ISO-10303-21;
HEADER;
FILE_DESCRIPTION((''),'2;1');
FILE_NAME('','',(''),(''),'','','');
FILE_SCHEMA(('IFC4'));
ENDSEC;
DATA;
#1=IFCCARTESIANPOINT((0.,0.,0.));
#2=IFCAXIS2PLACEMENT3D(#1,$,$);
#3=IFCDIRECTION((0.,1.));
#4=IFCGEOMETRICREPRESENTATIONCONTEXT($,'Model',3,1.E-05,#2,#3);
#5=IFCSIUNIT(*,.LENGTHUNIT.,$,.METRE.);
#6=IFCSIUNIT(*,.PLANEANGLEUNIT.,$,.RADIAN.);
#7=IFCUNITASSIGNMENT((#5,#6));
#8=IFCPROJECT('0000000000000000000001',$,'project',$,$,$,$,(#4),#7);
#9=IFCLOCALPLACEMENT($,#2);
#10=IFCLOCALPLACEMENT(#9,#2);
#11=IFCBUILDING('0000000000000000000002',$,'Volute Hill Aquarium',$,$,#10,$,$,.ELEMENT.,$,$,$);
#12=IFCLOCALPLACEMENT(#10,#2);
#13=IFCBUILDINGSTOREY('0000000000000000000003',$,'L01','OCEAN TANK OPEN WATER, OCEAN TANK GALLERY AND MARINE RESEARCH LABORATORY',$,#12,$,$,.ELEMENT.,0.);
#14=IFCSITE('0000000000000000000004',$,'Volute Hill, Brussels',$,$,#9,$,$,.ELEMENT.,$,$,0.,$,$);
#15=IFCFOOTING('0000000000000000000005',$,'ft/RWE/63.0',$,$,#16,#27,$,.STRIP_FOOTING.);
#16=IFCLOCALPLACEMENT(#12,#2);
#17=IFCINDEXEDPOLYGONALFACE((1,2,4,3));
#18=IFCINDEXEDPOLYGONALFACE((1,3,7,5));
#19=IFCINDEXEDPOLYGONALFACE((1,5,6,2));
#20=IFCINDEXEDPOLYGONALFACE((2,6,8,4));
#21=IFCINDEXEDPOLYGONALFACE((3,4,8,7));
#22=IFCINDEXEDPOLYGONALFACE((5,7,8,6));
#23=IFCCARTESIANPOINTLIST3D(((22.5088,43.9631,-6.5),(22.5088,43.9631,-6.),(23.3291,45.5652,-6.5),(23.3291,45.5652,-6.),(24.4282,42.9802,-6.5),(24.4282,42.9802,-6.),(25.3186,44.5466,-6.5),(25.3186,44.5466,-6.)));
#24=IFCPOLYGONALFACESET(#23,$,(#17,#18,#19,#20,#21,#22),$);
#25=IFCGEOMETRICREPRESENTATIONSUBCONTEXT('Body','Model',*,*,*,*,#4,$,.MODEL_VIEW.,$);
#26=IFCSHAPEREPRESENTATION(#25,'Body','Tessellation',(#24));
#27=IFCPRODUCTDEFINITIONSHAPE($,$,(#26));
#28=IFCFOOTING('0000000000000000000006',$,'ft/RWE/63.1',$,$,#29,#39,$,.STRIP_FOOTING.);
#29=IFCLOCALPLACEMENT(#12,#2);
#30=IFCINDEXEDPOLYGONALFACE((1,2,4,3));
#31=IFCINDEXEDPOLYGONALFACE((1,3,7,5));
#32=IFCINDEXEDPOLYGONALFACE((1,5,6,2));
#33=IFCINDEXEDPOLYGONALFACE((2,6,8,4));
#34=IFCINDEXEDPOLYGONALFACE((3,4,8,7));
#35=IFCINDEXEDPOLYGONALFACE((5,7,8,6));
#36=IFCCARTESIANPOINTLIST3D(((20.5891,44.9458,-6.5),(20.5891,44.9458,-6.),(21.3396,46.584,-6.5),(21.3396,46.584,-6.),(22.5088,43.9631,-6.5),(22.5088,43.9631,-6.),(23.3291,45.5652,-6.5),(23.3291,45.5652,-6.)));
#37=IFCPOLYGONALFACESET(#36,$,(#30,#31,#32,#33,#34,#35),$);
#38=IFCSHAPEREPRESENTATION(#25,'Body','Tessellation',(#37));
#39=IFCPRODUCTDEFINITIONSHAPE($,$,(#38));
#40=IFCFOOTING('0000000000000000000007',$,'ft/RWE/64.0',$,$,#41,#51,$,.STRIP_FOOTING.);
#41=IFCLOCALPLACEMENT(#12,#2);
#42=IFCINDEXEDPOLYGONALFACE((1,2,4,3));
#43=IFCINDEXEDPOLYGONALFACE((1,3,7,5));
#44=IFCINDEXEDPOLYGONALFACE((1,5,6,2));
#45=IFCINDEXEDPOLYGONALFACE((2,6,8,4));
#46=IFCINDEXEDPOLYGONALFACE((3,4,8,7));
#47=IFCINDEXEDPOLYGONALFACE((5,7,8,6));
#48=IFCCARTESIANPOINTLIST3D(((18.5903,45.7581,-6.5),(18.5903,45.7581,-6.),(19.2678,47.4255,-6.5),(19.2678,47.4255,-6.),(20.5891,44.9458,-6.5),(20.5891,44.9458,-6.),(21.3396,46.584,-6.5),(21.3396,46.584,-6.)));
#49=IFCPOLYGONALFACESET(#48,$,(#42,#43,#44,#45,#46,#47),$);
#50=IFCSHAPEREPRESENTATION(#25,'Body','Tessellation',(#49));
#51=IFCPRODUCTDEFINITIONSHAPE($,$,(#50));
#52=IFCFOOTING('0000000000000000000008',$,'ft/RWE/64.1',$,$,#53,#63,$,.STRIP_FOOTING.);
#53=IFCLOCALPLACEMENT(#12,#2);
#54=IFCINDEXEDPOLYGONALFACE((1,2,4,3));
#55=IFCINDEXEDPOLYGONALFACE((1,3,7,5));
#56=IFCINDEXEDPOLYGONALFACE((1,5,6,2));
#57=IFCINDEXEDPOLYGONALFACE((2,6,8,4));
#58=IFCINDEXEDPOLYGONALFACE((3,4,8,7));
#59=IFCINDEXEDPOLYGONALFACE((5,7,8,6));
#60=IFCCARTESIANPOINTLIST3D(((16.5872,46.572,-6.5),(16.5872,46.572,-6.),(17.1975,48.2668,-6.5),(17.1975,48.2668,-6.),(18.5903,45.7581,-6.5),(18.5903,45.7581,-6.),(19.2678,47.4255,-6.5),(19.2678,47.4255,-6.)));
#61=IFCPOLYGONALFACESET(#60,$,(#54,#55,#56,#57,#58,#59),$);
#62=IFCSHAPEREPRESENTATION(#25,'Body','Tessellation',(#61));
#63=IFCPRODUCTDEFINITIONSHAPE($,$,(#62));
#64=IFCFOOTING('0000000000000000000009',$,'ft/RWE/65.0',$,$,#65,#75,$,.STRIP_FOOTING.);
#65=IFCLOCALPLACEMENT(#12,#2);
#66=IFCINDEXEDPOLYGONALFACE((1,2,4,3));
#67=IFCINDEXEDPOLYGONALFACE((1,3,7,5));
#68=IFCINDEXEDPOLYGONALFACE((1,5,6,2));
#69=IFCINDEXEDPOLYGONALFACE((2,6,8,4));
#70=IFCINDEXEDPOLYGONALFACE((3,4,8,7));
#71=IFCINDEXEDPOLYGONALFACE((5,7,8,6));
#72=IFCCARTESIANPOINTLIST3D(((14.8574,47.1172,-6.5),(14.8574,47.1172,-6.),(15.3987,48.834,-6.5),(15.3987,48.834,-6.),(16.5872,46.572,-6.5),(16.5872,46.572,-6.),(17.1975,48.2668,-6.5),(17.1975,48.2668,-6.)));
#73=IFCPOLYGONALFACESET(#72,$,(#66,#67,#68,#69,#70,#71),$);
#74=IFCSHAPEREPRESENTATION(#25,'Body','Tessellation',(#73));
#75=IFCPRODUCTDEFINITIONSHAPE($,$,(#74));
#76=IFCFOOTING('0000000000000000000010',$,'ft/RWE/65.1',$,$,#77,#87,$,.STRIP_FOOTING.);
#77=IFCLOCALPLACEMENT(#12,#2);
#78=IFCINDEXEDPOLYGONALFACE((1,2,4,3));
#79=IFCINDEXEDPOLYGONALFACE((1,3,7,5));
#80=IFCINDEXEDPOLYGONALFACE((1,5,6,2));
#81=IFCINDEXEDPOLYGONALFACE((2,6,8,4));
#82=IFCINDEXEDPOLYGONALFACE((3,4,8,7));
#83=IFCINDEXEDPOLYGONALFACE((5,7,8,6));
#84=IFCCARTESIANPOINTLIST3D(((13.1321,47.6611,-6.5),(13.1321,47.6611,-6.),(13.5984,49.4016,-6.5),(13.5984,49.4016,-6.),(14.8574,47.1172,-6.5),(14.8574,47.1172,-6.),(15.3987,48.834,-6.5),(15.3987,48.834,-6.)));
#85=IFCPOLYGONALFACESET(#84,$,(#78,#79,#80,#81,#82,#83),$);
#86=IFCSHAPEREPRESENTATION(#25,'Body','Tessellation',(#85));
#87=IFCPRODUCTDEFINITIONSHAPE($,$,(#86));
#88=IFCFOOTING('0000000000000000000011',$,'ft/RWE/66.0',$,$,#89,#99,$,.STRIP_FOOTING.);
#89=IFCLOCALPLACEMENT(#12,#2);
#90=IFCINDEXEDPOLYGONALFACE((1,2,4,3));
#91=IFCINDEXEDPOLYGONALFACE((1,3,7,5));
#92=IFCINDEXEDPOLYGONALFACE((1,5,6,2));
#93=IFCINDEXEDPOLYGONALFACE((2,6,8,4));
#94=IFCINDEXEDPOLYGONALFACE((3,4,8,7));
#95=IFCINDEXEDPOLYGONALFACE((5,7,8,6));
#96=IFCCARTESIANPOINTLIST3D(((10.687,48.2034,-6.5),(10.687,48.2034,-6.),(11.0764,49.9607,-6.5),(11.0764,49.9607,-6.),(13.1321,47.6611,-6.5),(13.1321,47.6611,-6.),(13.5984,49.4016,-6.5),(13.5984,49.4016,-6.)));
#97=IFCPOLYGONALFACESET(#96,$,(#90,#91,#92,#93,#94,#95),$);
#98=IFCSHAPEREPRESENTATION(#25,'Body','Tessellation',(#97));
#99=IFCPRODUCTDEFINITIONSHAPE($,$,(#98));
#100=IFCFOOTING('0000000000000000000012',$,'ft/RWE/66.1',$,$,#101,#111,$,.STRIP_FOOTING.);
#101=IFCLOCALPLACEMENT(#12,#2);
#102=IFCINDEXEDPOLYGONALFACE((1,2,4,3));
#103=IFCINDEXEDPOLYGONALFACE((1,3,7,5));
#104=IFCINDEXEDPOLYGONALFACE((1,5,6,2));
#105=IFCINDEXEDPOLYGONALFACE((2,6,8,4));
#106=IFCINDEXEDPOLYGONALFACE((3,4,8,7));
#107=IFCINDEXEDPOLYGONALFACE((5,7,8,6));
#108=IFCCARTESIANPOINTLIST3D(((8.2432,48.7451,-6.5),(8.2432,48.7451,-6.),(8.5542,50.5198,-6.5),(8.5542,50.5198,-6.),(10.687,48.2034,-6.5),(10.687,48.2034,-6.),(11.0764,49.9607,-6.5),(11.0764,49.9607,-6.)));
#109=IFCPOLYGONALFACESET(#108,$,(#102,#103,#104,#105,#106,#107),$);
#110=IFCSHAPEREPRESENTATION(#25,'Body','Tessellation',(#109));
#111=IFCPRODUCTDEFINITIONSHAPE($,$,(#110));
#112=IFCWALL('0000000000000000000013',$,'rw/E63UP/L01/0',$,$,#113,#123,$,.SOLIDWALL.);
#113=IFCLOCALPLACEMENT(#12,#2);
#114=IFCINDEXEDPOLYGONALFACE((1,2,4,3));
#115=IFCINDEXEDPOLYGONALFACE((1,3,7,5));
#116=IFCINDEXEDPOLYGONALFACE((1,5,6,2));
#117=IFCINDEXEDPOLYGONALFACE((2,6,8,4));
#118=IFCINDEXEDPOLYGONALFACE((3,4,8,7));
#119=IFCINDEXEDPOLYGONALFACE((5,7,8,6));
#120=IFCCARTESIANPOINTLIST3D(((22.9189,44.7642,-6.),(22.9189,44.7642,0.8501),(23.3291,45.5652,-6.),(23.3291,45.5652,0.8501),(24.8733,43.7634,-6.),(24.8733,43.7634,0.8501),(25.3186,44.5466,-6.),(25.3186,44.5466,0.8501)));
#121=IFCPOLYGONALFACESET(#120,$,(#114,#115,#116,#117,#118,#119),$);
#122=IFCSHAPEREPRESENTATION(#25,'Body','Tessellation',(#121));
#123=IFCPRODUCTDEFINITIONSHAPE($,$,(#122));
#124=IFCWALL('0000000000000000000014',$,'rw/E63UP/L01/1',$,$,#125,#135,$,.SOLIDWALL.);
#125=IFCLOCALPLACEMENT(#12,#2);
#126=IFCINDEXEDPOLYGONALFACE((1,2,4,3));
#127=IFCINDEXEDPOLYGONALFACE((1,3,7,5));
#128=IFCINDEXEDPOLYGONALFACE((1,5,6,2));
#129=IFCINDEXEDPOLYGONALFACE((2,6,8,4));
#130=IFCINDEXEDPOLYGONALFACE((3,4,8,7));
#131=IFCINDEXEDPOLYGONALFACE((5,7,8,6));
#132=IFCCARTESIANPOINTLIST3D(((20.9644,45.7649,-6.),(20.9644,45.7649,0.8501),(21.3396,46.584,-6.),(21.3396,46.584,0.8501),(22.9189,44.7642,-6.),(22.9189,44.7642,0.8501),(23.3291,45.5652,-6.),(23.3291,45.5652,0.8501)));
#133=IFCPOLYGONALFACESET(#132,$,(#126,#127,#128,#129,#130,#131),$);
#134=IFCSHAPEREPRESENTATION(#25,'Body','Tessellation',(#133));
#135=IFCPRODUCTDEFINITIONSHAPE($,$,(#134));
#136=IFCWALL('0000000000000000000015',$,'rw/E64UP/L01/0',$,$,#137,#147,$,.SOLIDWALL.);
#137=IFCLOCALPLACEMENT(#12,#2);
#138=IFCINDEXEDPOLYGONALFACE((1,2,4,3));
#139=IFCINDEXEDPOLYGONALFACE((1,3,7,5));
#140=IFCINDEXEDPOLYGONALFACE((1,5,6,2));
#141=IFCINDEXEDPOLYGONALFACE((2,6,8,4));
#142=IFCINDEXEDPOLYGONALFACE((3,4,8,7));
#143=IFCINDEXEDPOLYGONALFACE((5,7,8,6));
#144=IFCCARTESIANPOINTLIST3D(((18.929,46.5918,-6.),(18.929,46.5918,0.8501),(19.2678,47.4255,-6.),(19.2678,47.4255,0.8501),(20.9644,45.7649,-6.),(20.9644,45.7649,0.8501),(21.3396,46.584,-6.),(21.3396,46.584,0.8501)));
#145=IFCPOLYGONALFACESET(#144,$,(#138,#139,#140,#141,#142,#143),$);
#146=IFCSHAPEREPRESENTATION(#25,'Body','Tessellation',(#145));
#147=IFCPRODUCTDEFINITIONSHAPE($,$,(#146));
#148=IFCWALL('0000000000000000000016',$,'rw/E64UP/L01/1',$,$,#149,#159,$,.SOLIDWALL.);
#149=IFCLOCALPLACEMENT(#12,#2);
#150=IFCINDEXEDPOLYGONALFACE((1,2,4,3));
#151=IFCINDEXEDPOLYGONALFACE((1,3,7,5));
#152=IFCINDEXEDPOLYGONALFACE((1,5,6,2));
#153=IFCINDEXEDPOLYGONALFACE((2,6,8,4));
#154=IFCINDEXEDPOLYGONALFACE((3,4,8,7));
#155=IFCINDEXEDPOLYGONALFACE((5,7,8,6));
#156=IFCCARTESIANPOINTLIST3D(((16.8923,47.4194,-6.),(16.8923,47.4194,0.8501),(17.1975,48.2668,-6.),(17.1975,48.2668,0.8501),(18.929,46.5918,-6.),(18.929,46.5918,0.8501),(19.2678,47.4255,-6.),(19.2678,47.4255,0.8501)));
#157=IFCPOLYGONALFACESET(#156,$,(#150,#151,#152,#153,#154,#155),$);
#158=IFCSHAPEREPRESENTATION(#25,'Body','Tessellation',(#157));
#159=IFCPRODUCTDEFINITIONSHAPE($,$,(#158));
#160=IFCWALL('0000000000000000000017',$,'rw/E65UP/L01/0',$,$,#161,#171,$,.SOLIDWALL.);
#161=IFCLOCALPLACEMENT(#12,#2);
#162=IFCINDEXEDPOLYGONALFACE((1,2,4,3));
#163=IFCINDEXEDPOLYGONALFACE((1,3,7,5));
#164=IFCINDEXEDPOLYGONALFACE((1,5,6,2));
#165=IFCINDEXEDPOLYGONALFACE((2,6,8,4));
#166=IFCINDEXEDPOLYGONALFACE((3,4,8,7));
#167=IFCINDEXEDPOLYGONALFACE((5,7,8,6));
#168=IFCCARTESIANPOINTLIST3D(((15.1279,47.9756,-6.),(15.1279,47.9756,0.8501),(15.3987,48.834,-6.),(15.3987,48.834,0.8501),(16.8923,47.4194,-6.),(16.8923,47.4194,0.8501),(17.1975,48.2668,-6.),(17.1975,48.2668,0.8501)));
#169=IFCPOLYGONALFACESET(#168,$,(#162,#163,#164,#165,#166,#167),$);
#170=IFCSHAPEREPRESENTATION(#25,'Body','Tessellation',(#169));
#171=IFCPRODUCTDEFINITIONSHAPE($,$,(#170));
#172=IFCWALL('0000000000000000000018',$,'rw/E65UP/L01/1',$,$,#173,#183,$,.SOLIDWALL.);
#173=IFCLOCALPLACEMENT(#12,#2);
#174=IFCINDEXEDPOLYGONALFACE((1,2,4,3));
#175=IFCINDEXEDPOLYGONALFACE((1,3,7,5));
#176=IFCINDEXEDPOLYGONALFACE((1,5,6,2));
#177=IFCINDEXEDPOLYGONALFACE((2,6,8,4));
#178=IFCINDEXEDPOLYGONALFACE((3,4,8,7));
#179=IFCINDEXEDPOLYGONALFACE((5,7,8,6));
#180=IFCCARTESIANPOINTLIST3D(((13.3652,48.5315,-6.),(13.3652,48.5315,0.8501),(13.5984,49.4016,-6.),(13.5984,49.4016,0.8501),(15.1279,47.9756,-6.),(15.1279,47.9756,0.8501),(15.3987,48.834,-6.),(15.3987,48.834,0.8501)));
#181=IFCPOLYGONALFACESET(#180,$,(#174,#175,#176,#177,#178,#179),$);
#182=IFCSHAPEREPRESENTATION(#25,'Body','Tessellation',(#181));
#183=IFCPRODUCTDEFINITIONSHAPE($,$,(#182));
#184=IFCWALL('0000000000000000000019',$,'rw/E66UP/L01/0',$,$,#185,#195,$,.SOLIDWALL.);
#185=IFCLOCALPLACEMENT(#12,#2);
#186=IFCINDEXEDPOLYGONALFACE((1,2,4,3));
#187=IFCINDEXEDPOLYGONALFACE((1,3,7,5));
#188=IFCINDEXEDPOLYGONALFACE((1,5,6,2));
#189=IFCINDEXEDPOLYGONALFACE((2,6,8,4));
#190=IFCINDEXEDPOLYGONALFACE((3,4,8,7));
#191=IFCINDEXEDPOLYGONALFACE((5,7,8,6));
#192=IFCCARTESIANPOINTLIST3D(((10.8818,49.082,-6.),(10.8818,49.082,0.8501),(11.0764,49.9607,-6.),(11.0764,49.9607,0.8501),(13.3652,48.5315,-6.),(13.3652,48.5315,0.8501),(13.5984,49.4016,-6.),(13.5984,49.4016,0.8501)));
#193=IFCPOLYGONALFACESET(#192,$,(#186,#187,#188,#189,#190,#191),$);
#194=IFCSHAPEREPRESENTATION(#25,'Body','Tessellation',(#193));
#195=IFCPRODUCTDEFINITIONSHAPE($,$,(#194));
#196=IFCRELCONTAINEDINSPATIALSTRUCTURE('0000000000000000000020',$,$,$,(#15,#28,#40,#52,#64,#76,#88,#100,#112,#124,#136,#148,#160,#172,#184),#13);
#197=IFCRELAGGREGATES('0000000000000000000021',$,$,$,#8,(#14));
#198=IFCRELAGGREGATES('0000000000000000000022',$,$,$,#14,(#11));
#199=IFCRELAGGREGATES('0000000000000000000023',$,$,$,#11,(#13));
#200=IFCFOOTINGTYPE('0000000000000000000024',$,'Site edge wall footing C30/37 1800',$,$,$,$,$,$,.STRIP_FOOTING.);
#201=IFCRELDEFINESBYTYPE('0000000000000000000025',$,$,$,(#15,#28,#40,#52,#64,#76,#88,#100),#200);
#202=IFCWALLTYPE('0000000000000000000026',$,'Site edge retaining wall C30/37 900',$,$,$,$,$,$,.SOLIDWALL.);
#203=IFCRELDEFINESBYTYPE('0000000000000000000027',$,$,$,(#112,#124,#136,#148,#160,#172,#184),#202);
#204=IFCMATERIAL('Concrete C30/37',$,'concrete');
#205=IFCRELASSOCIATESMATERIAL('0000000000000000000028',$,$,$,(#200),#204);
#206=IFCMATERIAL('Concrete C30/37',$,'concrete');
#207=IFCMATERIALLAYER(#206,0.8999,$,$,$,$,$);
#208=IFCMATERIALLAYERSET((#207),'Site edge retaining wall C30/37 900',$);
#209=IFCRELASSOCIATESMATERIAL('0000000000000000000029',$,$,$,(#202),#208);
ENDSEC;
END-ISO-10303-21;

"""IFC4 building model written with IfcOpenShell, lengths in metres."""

from ifc_helpers import new_model, si_unit, direction, frame, origin, place, context, subcontext, project, spatial, polyline, outline, extrude, material, layer, layer_set, type_object, element, save


model = new_model("IFC4")

# Units and contexts
model_context = context("Model", 3, precision=1e-05, world=origin(), true_north=direction((0.0, 1.0)))
body_context = subcontext(model_context, "Body", "Model", "MODEL_VIEW")
ifc_project = project(units=[si_unit("LENGTHUNIT", "METRE"), si_unit("PLANEANGLEUNIT", "RADIAN")], contexts=[model_context])

# Site, building, storey
site_placement = place(None, origin())
site = spatial("IfcSite", under=ifc_project, at=site_placement, Name="Volute Hill, Brussels", CompositionType="ELEMENT", RefElevation=0.0)
building_placement = place(site_placement, origin())
building = spatial("IfcBuilding", under=site, at=building_placement, Name="Volute Hill Aquarium", CompositionType="ELEMENT")
storey_placement = place(building_placement, origin())
storey = spatial("IfcBuildingStorey", under=building, at=storey_placement, Name="L01", Description="OCEAN TANK OPEN WATER, OCEAN TANK GALLERY AND MARINE RESEARCH LABORATORY", CompositionType="ELEMENT", Elevation=0.0)

# Footings
ifc_material_1 = material(Name="Concrete C30/37", Category="concrete")
footing_type = type_object("IfcFootingType", Name="Site edge wall footing C30/37 1800", PredefinedType="STRIP_FOOTING", material=ifc_material_1)
footing_1_placement = place(storey_placement, frame((0.0, 0.0, -6.5)))
element("IfcFooting", 1, at=footing_1_placement, inside=storey, type_object=footing_type, Name="ft/RWE/63.0", PredefinedType="STRIP_FOOTING", context=body_context, shape_type="SweptSolid", body=[
    extrude(outline(polyline([(25.3186, 44.5466), (23.3291, 45.5652), (22.5088, 43.9631), (24.4282, 42.9802), (25.3186, 44.5466), (25.3186, 44.5466)])), origin(), (0.0, 0.0, 1.0), 0.5),
])
footing_2_placement = place(storey_placement, frame((0.0, 0.0, -6.5)))
element("IfcFooting", 2, at=footing_2_placement, inside=storey, type_object=footing_type, Name="ft/RWE/63.1", PredefinedType="STRIP_FOOTING", context=body_context, shape_type="SweptSolid", body=[
    extrude(outline(polyline([(23.3291, 45.5652), (21.3396, 46.584), (20.5891, 44.9458), (22.5088, 43.9631), (23.3291, 45.5652)])), origin(), (0.0, 0.0, 1.0), 0.5),
])
footing_3_placement = place(storey_placement, frame((0.0, 0.0, -6.5)))
element("IfcFooting", 3, at=footing_3_placement, inside=storey, type_object=footing_type, Name="ft/RWE/64.0", PredefinedType="STRIP_FOOTING", context=body_context, shape_type="SweptSolid", body=[
    extrude(outline(polyline([(21.3396, 46.584), (19.2678, 47.4255), (18.5903, 45.7581), (20.5891, 44.9458), (20.5891, 44.9458), (21.3396, 46.584), (21.3396, 46.584)])), origin(), (0.0, 0.0, 1.0), 0.5),
])
footing_4_placement = place(storey_placement, frame((0.0, 0.0, -6.5)))
element("IfcFooting", 4, at=footing_4_placement, inside=storey, type_object=footing_type, Name="ft/RWE/64.1", PredefinedType="STRIP_FOOTING", context=body_context, shape_type="SweptSolid", body=[
    extrude(outline(polyline([(17.1975, 48.2668), (17.1975, 48.2668), (16.5872, 46.572), (16.5872, 46.572), (18.5903, 45.7581), (19.2678, 47.4255), (17.1975, 48.2668)])), origin(), (0.0, 0.0, 1.0), 0.5),
])
footing_5_placement = place(storey_placement, frame((0.0, 0.0, -6.5)))
element("IfcFooting", 5, at=footing_5_placement, inside=storey, type_object=footing_type, Name="ft/RWE/65.0", PredefinedType="STRIP_FOOTING", context=body_context, shape_type="SweptSolid", body=[
    extrude(outline(polyline([(17.1975, 48.2668), (15.3987, 48.834), (14.8574, 47.1172), (16.5872, 46.572), (17.1975, 48.2668)])), origin(), (0.0, 0.0, 1.0), 0.5),
])
footing_6_placement = place(storey_placement, frame((0.0, 0.0, -6.5)))
element("IfcFooting", 6, at=footing_6_placement, inside=storey, type_object=footing_type, Name="ft/RWE/65.1", PredefinedType="STRIP_FOOTING", context=body_context, shape_type="SweptSolid", body=[
    extrude(outline(polyline([(13.5984, 49.4016), (13.5984, 49.4016), (13.1321, 47.6611), (13.1321, 47.6611), (14.8574, 47.1172), (15.3987, 48.834), (13.5984, 49.4016)])), origin(), (0.0, 0.0, 1.0), 0.5),
])
footing_7_placement = place(storey_placement, frame((0.0, 0.0, -6.5)))
element("IfcFooting", 7, at=footing_7_placement, inside=storey, type_object=footing_type, Name="ft/RWE/66.0", PredefinedType="STRIP_FOOTING", context=body_context, shape_type="SweptSolid", body=[
    extrude(outline(polyline([(13.5984, 49.4016), (11.0764, 49.9607), (10.687, 48.2034), (13.1321, 47.6611), (13.5984, 49.4016)])), origin(), (0.0, 0.0, 1.0), 0.5),
])
footing_8_placement = place(storey_placement, frame((0.0, 0.0, -6.5)))
element("IfcFooting", 8, at=footing_8_placement, inside=storey, type_object=footing_type, Name="ft/RWE/66.1", PredefinedType="STRIP_FOOTING", context=body_context, shape_type="SweptSolid", body=[
    extrude(outline(polyline([(11.0764, 49.9607), (8.5542, 50.5198), (8.2432, 48.7451), (10.687, 48.2034), (11.0764, 49.9607)])), origin(), (0.0, 0.0, 1.0), 0.5),
])

# Walls
ifc_material_2 = material(Name="Concrete C30/37", Category="concrete")
ifc_layer_1 = layer(ifc_material_2, 0.8999)
ifc_layer_set_1 = layer_set([ifc_layer_1], Name="Site edge retaining wall C30/37 900")
wall_type = type_object("IfcWallType", Name="Site edge retaining wall C30/37 900", PredefinedType="SOLIDWALL", material=ifc_layer_set_1)
wall_1_placement = place(storey_placement, frame((0.0, 0.0, -6.0)))
element("IfcWall", 9, at=wall_1_placement, inside=storey, type_object=wall_type, Name="rw/E63UP/L01/0", PredefinedType="SOLIDWALL", context=body_context, shape_type="SweptSolid", body=[
    extrude(outline(polyline([(25.3186, 44.5466), (23.3291, 45.5652), (22.9189, 44.7642), (24.8733, 43.7634), (24.8733, 43.7634), (25.3186, 44.5466), (25.3186, 44.5466)])), origin(), (0.0, 0.0, 1.0), 6.8501),
])
wall_2_placement = place(storey_placement, frame((0.0, 0.0, -6.0)))
element("IfcWall", 10, at=wall_2_placement, inside=storey, type_object=wall_type, Name="rw/E63UP/L01/1", PredefinedType="SOLIDWALL", context=body_context, shape_type="SweptSolid", body=[
    extrude(outline(polyline([(23.3291, 45.5652), (21.3396, 46.584), (20.9644, 45.7649), (22.9189, 44.7642), (23.3291, 45.5652)])), origin(), (0.0, 0.0, 1.0), 6.8501),
])
wall_3_placement = place(storey_placement, frame((0.0, 0.0, -6.0)))
element("IfcWall", 11, at=wall_3_placement, inside=storey, type_object=wall_type, Name="rw/E64UP/L01/0", PredefinedType="SOLIDWALL", context=body_context, shape_type="SweptSolid", body=[
    extrude(outline(polyline([(21.3396, 46.584), (19.2678, 47.4255), (18.929, 46.5918), (20.9644, 45.7649), (20.9644, 45.7649), (21.3396, 46.584), (21.3396, 46.584)])), origin(), (0.0, 0.0, 1.0), 6.8501),
])
wall_4_placement = place(storey_placement, frame((0.0, 0.0, -6.0)))
element("IfcWall", 12, at=wall_4_placement, inside=storey, type_object=wall_type, Name="rw/E64UP/L01/1", PredefinedType="SOLIDWALL", context=body_context, shape_type="SweptSolid", body=[
    extrude(outline(polyline([(17.1975, 48.2668), (17.1975, 48.2668), (16.8923, 47.4194), (16.8923, 47.4194), (18.929, 46.5918), (19.2678, 47.4255), (17.1975, 48.2668)])), origin(), (0.0, 0.0, 1.0), 6.8501),
])
wall_5_placement = place(storey_placement, frame((0.0, 0.0, -6.0)))
element("IfcWall", 13, at=wall_5_placement, inside=storey, type_object=wall_type, Name="rw/E65UP/L01/0", PredefinedType="SOLIDWALL", context=body_context, shape_type="SweptSolid", body=[
    extrude(outline(polyline([(17.1975, 48.2668), (15.3987, 48.834), (15.1279, 47.9756), (16.8923, 47.4194), (17.1975, 48.2668)])), origin(), (0.0, 0.0, 1.0), 6.8501),
])
wall_6_placement = place(storey_placement, frame((0.0, 0.0, -6.0)))
element("IfcWall", 14, at=wall_6_placement, inside=storey, type_object=wall_type, Name="rw/E65UP/L01/1", PredefinedType="SOLIDWALL", context=body_context, shape_type="SweptSolid", body=[
    extrude(outline(polyline([(13.5984, 49.4016), (13.5984, 49.4016), (13.3652, 48.5315), (13.3652, 48.5315), (15.1279, 47.9756), (15.3987, 48.834), (13.5984, 49.4016)])), origin(), (0.0, 0.0, 1.0), 6.8501),
])
wall_7_placement = place(storey_placement, frame((0.0, 0.0, -6.0)))
element("IfcWall", 15, at=wall_7_placement, inside=storey, type_object=wall_type, Name="rw/E66UP/L01/0", PredefinedType="SOLIDWALL", context=body_context, shape_type="SweptSolid", body=[
    extrude(outline(polyline([(13.5984, 49.4016), (11.0764, 49.9607), (10.8818, 49.082), (13.3652, 48.5315), (13.5984, 49.4016)])), origin(), (0.0, 0.0, 1.0), 6.8501),
])

save(model, "model.ifc")
